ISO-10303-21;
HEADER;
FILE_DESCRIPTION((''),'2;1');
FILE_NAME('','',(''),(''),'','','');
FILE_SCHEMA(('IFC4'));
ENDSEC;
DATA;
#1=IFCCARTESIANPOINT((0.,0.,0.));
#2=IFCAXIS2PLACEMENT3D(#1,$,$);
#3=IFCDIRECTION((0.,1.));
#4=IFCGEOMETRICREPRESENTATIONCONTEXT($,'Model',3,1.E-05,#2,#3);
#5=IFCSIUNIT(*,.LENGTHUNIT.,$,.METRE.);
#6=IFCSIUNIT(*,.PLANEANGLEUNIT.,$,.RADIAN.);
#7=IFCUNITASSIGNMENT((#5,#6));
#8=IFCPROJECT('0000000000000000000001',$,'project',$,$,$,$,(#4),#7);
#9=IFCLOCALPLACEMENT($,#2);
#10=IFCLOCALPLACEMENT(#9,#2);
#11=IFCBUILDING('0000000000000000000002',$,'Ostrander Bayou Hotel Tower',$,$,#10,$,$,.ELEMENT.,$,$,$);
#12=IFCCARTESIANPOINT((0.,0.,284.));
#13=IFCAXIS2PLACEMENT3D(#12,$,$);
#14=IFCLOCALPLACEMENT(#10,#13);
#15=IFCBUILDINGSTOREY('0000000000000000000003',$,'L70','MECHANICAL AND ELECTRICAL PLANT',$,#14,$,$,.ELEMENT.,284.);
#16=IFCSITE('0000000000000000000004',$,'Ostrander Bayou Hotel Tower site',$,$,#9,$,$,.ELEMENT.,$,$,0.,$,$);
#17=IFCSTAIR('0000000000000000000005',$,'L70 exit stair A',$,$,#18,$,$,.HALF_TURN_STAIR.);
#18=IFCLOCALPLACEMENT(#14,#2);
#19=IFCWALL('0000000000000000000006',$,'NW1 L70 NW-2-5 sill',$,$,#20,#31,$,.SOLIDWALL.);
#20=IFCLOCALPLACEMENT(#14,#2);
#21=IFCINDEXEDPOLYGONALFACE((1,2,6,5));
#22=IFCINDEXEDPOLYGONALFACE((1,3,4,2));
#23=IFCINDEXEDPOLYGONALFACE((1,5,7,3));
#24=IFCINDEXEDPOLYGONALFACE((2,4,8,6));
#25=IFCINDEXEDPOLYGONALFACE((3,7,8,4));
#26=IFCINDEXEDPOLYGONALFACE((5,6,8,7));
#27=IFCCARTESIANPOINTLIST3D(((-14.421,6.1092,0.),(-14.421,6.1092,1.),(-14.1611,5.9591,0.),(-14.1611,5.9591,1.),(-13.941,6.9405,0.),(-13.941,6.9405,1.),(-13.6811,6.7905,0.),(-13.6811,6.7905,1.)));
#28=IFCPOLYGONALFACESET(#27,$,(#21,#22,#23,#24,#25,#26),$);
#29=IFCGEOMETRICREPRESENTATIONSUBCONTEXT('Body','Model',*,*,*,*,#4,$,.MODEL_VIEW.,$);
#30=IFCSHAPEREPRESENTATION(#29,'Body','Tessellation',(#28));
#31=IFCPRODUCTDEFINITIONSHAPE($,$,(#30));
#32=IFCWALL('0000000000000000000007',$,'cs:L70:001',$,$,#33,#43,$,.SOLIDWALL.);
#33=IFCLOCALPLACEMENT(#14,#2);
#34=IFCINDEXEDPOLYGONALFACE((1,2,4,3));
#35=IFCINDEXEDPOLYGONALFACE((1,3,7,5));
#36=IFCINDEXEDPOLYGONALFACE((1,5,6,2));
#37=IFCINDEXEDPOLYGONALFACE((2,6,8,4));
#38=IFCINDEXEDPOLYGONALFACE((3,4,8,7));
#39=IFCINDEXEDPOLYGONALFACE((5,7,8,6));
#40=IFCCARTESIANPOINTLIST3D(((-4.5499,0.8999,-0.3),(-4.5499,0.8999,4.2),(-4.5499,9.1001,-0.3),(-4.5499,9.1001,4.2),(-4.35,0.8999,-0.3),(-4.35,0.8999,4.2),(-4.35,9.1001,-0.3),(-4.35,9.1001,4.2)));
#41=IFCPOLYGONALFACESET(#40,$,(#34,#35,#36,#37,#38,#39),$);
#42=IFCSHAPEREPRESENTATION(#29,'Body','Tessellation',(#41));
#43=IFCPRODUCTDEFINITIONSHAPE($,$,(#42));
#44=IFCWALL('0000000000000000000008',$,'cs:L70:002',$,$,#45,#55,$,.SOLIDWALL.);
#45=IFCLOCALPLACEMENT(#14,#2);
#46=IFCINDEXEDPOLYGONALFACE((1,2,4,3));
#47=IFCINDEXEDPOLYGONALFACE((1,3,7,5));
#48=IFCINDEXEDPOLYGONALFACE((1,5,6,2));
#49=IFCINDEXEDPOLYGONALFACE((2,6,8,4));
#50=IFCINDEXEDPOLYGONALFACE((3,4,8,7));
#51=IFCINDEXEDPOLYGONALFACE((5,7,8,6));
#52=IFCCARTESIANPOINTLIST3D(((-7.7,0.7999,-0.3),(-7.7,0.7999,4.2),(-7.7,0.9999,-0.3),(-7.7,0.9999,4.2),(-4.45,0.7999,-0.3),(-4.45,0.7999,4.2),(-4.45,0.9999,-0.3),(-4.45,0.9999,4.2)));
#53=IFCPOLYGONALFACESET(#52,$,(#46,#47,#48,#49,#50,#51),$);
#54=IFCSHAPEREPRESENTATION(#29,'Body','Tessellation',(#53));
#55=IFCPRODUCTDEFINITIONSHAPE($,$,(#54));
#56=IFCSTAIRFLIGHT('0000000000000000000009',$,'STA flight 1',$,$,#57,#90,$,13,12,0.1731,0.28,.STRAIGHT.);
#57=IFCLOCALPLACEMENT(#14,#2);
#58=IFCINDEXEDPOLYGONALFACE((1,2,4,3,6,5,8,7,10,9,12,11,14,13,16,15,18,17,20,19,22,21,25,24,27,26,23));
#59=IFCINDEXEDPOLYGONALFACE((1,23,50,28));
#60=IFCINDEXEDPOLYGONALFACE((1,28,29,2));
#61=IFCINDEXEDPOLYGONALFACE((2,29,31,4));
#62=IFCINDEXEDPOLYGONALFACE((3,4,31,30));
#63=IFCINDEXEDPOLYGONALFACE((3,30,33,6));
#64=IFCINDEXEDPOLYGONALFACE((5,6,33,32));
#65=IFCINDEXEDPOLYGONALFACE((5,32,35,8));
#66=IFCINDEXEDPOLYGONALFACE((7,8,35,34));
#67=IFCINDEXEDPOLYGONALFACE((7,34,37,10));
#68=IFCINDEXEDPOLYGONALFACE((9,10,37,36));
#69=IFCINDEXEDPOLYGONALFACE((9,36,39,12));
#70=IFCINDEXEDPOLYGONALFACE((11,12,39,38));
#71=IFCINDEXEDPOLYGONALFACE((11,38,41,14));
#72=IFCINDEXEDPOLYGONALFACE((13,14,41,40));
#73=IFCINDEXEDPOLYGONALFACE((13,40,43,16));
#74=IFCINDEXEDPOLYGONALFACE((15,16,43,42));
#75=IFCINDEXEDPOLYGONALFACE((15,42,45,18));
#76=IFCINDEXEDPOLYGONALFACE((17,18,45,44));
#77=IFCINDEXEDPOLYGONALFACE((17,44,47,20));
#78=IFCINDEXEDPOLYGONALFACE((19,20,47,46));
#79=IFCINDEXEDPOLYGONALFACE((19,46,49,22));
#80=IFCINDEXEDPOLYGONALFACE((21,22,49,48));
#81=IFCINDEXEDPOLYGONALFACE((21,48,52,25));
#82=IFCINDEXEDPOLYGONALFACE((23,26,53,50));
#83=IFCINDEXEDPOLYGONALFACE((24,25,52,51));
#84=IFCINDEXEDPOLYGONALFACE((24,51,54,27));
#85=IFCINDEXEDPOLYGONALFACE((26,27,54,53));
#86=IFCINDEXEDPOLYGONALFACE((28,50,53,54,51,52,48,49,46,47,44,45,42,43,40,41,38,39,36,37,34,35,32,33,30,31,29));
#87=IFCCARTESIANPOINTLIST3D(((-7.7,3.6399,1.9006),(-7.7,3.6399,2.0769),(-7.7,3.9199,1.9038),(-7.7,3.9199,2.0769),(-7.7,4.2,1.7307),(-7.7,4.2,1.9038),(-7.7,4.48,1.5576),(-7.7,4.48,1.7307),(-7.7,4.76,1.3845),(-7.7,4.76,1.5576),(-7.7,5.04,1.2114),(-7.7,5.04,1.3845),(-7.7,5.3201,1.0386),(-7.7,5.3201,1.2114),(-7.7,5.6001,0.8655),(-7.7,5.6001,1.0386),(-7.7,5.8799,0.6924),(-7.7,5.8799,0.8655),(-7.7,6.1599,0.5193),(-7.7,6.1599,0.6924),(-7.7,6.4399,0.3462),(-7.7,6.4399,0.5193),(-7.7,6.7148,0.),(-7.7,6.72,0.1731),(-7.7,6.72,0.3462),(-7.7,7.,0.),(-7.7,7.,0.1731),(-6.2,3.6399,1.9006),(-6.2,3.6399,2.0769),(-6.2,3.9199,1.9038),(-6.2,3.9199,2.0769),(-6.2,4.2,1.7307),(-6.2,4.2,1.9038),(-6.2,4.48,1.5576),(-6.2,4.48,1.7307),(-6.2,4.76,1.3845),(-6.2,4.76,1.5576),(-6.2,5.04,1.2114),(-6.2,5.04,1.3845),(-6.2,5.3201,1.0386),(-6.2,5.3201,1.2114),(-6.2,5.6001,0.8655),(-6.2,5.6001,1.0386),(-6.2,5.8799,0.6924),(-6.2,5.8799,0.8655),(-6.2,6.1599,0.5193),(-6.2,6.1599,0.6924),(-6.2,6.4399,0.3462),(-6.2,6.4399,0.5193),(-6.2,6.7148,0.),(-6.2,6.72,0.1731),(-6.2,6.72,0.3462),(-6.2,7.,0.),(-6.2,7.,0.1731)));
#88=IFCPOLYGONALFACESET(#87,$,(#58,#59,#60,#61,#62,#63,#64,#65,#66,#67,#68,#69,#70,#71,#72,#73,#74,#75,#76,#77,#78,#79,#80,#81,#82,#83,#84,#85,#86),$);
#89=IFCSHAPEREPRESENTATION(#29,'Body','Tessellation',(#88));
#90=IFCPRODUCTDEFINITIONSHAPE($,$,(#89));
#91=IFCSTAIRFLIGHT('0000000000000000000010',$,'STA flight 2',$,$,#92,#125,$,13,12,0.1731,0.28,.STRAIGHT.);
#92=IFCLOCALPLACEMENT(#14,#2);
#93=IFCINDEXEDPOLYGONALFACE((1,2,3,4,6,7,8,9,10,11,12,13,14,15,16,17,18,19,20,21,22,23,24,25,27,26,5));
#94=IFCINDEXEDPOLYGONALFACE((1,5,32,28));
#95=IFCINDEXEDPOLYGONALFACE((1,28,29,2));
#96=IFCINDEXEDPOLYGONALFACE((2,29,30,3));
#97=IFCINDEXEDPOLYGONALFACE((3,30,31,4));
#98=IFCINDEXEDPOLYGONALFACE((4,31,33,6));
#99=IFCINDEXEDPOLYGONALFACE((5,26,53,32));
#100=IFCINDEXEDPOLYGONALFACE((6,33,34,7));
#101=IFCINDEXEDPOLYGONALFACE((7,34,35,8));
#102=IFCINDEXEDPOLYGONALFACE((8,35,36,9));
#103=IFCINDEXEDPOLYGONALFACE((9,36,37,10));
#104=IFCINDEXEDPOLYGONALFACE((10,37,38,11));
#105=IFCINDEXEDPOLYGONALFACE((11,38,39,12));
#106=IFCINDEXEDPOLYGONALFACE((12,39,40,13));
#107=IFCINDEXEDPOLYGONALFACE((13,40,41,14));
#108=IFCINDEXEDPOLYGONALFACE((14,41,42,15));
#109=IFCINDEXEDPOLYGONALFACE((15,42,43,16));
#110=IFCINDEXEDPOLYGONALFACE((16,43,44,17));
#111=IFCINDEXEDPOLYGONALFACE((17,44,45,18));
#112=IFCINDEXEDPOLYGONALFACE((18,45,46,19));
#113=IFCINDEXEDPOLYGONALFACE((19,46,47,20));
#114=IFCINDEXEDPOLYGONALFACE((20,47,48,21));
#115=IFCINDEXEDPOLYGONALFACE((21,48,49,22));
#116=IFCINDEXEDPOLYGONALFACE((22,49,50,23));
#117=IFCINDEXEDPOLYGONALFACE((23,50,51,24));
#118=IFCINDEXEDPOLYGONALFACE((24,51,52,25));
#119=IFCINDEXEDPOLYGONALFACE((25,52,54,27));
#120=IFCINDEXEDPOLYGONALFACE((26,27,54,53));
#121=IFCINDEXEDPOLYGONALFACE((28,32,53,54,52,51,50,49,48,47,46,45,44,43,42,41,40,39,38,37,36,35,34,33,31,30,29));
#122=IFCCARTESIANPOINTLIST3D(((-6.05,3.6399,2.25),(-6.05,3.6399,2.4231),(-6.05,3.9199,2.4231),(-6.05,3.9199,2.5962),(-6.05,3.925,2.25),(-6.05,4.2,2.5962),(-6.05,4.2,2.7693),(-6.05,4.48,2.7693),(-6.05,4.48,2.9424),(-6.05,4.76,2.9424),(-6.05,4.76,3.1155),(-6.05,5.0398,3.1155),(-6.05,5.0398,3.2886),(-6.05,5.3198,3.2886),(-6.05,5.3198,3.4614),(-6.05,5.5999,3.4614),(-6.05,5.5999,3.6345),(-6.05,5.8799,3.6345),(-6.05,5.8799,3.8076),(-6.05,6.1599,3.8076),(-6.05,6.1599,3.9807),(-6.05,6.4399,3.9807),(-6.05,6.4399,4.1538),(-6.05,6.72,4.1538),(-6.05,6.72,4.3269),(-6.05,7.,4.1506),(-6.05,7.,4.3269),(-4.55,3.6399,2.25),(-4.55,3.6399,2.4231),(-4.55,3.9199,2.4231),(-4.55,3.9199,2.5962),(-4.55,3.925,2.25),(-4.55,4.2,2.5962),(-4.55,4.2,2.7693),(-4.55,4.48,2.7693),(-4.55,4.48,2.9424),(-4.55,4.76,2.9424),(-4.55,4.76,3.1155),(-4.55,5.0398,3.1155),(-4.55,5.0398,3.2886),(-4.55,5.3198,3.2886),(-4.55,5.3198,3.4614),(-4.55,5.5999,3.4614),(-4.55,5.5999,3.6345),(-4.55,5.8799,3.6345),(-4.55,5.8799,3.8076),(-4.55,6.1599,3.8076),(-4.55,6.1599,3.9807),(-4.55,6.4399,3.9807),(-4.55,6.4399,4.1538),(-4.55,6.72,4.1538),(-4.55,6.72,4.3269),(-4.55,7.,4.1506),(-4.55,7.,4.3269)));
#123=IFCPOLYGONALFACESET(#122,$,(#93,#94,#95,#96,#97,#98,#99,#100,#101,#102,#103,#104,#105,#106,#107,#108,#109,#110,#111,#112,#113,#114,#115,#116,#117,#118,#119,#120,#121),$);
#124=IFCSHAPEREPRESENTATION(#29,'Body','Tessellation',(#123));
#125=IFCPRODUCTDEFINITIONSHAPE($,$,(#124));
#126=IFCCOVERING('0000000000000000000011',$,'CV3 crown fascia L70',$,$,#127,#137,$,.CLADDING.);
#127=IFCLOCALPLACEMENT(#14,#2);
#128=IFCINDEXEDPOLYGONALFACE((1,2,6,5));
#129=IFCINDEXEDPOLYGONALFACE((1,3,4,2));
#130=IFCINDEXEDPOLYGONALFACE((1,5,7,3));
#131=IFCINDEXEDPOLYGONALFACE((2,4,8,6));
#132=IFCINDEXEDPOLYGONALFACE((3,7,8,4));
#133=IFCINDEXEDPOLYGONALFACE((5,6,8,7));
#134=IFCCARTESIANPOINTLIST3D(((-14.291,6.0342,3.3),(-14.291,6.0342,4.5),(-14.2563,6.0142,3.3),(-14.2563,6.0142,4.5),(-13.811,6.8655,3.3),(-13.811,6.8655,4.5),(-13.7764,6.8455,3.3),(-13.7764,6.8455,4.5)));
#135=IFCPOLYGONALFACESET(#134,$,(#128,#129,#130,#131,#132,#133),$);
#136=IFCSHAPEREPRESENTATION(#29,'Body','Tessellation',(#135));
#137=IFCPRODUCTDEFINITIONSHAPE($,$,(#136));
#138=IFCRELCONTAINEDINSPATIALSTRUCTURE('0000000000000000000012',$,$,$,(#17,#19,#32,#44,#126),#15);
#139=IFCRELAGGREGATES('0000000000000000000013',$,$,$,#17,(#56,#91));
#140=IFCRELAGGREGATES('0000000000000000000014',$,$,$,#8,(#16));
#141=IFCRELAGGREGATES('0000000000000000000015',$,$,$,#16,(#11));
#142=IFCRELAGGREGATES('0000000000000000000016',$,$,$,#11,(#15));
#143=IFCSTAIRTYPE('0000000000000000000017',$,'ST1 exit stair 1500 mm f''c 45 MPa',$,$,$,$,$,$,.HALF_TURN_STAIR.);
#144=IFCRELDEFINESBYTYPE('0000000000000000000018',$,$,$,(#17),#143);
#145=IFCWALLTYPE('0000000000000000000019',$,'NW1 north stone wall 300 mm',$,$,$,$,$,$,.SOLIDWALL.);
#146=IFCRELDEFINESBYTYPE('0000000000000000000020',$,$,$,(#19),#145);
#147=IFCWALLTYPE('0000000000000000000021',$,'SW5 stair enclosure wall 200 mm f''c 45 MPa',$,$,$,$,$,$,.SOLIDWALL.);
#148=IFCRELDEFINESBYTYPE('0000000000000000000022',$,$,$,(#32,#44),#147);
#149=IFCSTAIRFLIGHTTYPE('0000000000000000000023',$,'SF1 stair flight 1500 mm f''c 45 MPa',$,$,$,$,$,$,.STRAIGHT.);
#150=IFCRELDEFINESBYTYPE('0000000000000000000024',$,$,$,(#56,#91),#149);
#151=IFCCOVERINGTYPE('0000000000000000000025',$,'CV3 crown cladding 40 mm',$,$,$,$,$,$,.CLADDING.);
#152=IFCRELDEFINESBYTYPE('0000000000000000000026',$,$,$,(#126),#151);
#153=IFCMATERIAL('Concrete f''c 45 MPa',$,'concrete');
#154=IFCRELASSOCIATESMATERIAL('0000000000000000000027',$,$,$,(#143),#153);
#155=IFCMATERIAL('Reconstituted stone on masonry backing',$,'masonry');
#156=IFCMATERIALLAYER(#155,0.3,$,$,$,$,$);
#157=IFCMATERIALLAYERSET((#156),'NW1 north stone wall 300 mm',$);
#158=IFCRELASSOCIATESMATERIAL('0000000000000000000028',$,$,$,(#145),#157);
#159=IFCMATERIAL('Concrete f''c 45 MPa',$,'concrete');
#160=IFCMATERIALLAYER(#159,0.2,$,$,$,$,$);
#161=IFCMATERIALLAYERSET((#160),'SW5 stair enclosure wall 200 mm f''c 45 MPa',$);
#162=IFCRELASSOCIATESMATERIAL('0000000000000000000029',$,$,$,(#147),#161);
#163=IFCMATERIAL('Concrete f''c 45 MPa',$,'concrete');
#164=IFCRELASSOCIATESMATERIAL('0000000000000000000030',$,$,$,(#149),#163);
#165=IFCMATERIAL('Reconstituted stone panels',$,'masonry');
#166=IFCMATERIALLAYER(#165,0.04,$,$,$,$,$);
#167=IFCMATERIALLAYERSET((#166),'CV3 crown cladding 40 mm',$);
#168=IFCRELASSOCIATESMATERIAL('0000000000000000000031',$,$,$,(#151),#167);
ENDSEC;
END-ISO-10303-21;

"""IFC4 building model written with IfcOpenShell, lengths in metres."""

from ifc_helpers import new_model, si_unit, direction, frame, frame_2d, origin, place, context, subcontext, project, spatial, polyline, rectangle, outline, extrude, material, layer, layer_set, type_object, element, aggregate, save


model = new_model("IFC4")

# Units and contexts
model_context = context("Model", 3, precision=1e-05, world=origin(), true_north=direction((0.0, 1.0)))
body_context = subcontext(model_context, "Body", "Model", "MODEL_VIEW")
ifc_project = project(units=[si_unit("LENGTHUNIT", "METRE"), si_unit("PLANEANGLEUNIT", "RADIAN")], contexts=[model_context])

# Site, building, storey
site_placement = place(None, origin())
site = spatial("IfcSite", under=ifc_project, at=site_placement, Name="Ostrander Bayou Hotel Tower site", CompositionType="ELEMENT", RefElevation=0.0)
building_placement = place(site_placement, origin())
building = spatial("IfcBuilding", under=site, at=building_placement, Name="Ostrander Bayou Hotel Tower", CompositionType="ELEMENT")
storey_placement = place(building_placement, frame((0.0, 0.0, 284.0)))
storey = spatial("IfcBuildingStorey", under=building, at=storey_placement, Name="L70", Description="MECHANICAL AND ELECTRICAL PLANT", CompositionType="ELEMENT", Elevation=284.0)

# Stair
ifc_material_1 = material(Name="Concrete f'c 45 MPa", Category="concrete")
stair_type = type_object("IfcStairType", Name="ST1 exit stair 1500 mm f'c 45 MPa", PredefinedType="HALF_TURN_STAIR", material=ifc_material_1)
stair_1_placement = place(storey_placement, origin())
stair_1 = element("IfcStair", 1, at=stair_1_placement, inside=storey, type_object=stair_type, Name="L70 exit stair A", PredefinedType="HALF_TURN_STAIR")

# Wall
ifc_material_2 = material(Name="Reconstituted stone on masonry backing", Category="masonry")
ifc_layer_1 = layer(ifc_material_2, 0.3)
ifc_layer_set_1 = layer_set([ifc_layer_1], Name="NW1 north stone wall 300 mm")
wall_type_1 = type_object("IfcWallType", Name="NW1 north stone wall 300 mm", PredefinedType="SOLIDWALL", material=ifc_layer_set_1)
wall_1_placement = place(storey_placement, frame((-13.811, 6.8655, 0.0), z_axis=(0.0, 0.0, 1.0), x_axis=(-0.500023, -0.866012, 0.0)))
element("IfcWall", 2, at=wall_1_placement, inside=storey, type_object=wall_type_1, Name="NW1 L70 NW-2-5 sill", PredefinedType="SOLIDWALL", context=body_context, shape_type="SweptSolid", body=[
    extrude(rectangle(XDim=0.96, YDim=0.3, at=frame_2d((0.48, 0.0))), origin(), (0.0, 0.0, 1.0), 1.0),
])

# Walls
ifc_material_3 = material(Name="Concrete f'c 45 MPa", Category="concrete")
ifc_layer_2 = layer(ifc_material_3, 0.2)
ifc_layer_set_2 = layer_set([ifc_layer_2], Name="SW5 stair enclosure wall 200 mm f'c 45 MPa")
wall_type_2 = type_object("IfcWallType", Name="SW5 stair enclosure wall 200 mm f'c 45 MPa", PredefinedType="SOLIDWALL", material=ifc_layer_set_2)
wall_2_placement = place(storey_placement, frame((-4.45, 0.8999, -0.3), z_axis=(0.0, 0.0, 1.0), x_axis=(0.0, 1.0, 0.0)))
element("IfcWall", 3, at=wall_2_placement, inside=storey, type_object=wall_type_2, Name="cs:L70:001", PredefinedType="SOLIDWALL", context=body_context, shape_type="SweptSolid", body=[
    extrude(rectangle(XDim=8.2002, YDim=0.2, at=frame_2d((4.1001, 0.0))), origin(), (0.0, 0.0, 1.0), 4.5),
])
wall_3_placement = place(storey_placement, frame((-7.7, 0.8999, -0.3), z_axis=(0.0, 0.0, 1.0), x_axis=(1.0, 0.0, 0.0)))
element("IfcWall", 4, at=wall_3_placement, inside=storey, type_object=wall_type_2, Name="cs:L70:002", PredefinedType="SOLIDWALL", context=body_context, shape_type="SweptSolid", body=[
    extrude(rectangle(XDim=3.25, YDim=0.2, at=frame_2d((1.625, 0.0))), origin(), (0.0, 0.0, 1.0), 4.5),
])

# Stair flights
ifc_material_4 = material(Name="Concrete f'c 45 MPa", Category="concrete")
stair_flight_type = type_object("IfcStairFlightType", Name="SF1 stair flight 1500 mm f'c 45 MPa", PredefinedType="STRAIGHT", material=ifc_material_4)
stair_flight_1_placement = place(storey_placement, frame((-6.95, 7.0, 0.0), z_axis=(0.0, 0.0, 1.0), x_axis=(0.0, -1.0, 0.0)))
stair_flight_1 = element("IfcStairFlight", 5, at=stair_flight_1_placement, type_object=stair_flight_type, Name="STA flight 1", NumberOfRisers=13, NumberOfTreads=12, PredefinedType="STRAIGHT", RiserHeight=0.1731, TreadLength=0.28, context=body_context, shape_type="SweptSolid", body=[
    extrude(outline(polyline([(0.0, 0.0), (0.0, 0.1731), (0.28, 0.1731), (0.28, 0.3462), (0.5601, 0.3462), (0.5601, 0.5193), (0.8401, 0.5193), (0.8401, 0.6924), (1.1201, 0.6924), (1.1201, 0.8655), (1.3999, 0.8655), (1.3999, 1.0386), (1.6799, 1.0386), (1.6799, 1.2114), (1.96, 1.2114), (1.96, 1.3845), (2.24, 1.3845), (2.24, 1.5576), (2.52, 1.5576), (2.52, 1.7307), (2.8, 1.7307), (2.8, 1.9038), (3.0801, 1.9038), (3.0801, 2.0769), (3.3601, 2.0769), (3.3601, 2.25), (3.3601, 1.9006), (0.2852, 0.0), (0.0, 0.0)])), frame((0.0, 0.75, 0.0), z_axis=(0.0, -1.0, 0.0), x_axis=(1.0, 0.0, 0.0)), (0.0, 0.0, 1.0), 1.5),
])
stair_flight_2_placement = place(storey_placement, frame((-5.3, 3.6399, 2.25), z_axis=(0.0, 0.0, 1.0), x_axis=(0.0, 1.0, 0.0)))
stair_flight_2 = element("IfcStairFlight", 6, at=stair_flight_2_placement, type_object=stair_flight_type, Name="STA flight 2", NumberOfRisers=13, NumberOfTreads=12, PredefinedType="STRAIGHT", RiserHeight=0.1731, TreadLength=0.28, context=body_context, shape_type="SweptSolid", body=[
    extrude(outline(polyline([(0.0, 0.0), (0.0, 0.1731), (0.28, 0.1731), (0.28, 0.3462), (0.5601, 0.3462), (0.5601, 0.5193), (0.8401, 0.5193), (0.8401, 0.6924), (1.1201, 0.6924), (1.1201, 0.8655), (1.3999, 0.8655), (1.3999, 1.0386), (1.6799, 1.0386), (1.6799, 1.2114), (1.96, 1.2114), (1.96, 1.3845), (2.24, 1.3845), (2.24, 1.5576), (2.52, 1.5576), (2.52, 1.7307), (2.8, 1.7307), (2.8, 1.9038), (3.0801, 1.9038), (3.0801, 2.0769), (3.3601, 2.0769), (3.3601, 2.25), (3.3601, 1.9006), (0.2852, 0.0), (0.0, 0.0)])), frame((0.0, 0.75, 0.0), z_axis=(0.0, -1.0, 0.0), x_axis=(1.0, 0.0, 0.0)), (0.0, 0.0, 1.0), 1.5),
])
aggregate(stair_1, [stair_flight_1, stair_flight_2])

# Covering
ifc_material_5 = material(Name="Reconstituted stone panels", Category="masonry")
ifc_layer_3 = layer(ifc_material_5, 0.04)
ifc_layer_set_3 = layer_set([ifc_layer_3], Name="CV3 crown cladding 40 mm")
covering_type = type_object("IfcCoveringType", Name="CV3 crown cladding 40 mm", PredefinedType="CLADDING", material=ifc_layer_set_3)
covering_placement = place(storey_placement, frame((-13.811, 6.8655, 3.3), z_axis=(-0.866012, 0.500023, 0.0), x_axis=(-0.500023, -0.866012, 0.0)))
element("IfcCovering", 7, at=covering_placement, inside=storey, type_object=covering_type, Name="CV3 crown fascia L70", PredefinedType="CLADDING", context=body_context, shape_type="SweptSolid", body=[
    extrude(outline(polyline([(0.0, 0.0), (0.9599, 0.0), (0.9599, 1.2), (0.0, 1.2), (0.0, 0.0)])), origin(), (0.0, 0.0, -1.0), 0.04),
])

save(model, "model.ifc")
